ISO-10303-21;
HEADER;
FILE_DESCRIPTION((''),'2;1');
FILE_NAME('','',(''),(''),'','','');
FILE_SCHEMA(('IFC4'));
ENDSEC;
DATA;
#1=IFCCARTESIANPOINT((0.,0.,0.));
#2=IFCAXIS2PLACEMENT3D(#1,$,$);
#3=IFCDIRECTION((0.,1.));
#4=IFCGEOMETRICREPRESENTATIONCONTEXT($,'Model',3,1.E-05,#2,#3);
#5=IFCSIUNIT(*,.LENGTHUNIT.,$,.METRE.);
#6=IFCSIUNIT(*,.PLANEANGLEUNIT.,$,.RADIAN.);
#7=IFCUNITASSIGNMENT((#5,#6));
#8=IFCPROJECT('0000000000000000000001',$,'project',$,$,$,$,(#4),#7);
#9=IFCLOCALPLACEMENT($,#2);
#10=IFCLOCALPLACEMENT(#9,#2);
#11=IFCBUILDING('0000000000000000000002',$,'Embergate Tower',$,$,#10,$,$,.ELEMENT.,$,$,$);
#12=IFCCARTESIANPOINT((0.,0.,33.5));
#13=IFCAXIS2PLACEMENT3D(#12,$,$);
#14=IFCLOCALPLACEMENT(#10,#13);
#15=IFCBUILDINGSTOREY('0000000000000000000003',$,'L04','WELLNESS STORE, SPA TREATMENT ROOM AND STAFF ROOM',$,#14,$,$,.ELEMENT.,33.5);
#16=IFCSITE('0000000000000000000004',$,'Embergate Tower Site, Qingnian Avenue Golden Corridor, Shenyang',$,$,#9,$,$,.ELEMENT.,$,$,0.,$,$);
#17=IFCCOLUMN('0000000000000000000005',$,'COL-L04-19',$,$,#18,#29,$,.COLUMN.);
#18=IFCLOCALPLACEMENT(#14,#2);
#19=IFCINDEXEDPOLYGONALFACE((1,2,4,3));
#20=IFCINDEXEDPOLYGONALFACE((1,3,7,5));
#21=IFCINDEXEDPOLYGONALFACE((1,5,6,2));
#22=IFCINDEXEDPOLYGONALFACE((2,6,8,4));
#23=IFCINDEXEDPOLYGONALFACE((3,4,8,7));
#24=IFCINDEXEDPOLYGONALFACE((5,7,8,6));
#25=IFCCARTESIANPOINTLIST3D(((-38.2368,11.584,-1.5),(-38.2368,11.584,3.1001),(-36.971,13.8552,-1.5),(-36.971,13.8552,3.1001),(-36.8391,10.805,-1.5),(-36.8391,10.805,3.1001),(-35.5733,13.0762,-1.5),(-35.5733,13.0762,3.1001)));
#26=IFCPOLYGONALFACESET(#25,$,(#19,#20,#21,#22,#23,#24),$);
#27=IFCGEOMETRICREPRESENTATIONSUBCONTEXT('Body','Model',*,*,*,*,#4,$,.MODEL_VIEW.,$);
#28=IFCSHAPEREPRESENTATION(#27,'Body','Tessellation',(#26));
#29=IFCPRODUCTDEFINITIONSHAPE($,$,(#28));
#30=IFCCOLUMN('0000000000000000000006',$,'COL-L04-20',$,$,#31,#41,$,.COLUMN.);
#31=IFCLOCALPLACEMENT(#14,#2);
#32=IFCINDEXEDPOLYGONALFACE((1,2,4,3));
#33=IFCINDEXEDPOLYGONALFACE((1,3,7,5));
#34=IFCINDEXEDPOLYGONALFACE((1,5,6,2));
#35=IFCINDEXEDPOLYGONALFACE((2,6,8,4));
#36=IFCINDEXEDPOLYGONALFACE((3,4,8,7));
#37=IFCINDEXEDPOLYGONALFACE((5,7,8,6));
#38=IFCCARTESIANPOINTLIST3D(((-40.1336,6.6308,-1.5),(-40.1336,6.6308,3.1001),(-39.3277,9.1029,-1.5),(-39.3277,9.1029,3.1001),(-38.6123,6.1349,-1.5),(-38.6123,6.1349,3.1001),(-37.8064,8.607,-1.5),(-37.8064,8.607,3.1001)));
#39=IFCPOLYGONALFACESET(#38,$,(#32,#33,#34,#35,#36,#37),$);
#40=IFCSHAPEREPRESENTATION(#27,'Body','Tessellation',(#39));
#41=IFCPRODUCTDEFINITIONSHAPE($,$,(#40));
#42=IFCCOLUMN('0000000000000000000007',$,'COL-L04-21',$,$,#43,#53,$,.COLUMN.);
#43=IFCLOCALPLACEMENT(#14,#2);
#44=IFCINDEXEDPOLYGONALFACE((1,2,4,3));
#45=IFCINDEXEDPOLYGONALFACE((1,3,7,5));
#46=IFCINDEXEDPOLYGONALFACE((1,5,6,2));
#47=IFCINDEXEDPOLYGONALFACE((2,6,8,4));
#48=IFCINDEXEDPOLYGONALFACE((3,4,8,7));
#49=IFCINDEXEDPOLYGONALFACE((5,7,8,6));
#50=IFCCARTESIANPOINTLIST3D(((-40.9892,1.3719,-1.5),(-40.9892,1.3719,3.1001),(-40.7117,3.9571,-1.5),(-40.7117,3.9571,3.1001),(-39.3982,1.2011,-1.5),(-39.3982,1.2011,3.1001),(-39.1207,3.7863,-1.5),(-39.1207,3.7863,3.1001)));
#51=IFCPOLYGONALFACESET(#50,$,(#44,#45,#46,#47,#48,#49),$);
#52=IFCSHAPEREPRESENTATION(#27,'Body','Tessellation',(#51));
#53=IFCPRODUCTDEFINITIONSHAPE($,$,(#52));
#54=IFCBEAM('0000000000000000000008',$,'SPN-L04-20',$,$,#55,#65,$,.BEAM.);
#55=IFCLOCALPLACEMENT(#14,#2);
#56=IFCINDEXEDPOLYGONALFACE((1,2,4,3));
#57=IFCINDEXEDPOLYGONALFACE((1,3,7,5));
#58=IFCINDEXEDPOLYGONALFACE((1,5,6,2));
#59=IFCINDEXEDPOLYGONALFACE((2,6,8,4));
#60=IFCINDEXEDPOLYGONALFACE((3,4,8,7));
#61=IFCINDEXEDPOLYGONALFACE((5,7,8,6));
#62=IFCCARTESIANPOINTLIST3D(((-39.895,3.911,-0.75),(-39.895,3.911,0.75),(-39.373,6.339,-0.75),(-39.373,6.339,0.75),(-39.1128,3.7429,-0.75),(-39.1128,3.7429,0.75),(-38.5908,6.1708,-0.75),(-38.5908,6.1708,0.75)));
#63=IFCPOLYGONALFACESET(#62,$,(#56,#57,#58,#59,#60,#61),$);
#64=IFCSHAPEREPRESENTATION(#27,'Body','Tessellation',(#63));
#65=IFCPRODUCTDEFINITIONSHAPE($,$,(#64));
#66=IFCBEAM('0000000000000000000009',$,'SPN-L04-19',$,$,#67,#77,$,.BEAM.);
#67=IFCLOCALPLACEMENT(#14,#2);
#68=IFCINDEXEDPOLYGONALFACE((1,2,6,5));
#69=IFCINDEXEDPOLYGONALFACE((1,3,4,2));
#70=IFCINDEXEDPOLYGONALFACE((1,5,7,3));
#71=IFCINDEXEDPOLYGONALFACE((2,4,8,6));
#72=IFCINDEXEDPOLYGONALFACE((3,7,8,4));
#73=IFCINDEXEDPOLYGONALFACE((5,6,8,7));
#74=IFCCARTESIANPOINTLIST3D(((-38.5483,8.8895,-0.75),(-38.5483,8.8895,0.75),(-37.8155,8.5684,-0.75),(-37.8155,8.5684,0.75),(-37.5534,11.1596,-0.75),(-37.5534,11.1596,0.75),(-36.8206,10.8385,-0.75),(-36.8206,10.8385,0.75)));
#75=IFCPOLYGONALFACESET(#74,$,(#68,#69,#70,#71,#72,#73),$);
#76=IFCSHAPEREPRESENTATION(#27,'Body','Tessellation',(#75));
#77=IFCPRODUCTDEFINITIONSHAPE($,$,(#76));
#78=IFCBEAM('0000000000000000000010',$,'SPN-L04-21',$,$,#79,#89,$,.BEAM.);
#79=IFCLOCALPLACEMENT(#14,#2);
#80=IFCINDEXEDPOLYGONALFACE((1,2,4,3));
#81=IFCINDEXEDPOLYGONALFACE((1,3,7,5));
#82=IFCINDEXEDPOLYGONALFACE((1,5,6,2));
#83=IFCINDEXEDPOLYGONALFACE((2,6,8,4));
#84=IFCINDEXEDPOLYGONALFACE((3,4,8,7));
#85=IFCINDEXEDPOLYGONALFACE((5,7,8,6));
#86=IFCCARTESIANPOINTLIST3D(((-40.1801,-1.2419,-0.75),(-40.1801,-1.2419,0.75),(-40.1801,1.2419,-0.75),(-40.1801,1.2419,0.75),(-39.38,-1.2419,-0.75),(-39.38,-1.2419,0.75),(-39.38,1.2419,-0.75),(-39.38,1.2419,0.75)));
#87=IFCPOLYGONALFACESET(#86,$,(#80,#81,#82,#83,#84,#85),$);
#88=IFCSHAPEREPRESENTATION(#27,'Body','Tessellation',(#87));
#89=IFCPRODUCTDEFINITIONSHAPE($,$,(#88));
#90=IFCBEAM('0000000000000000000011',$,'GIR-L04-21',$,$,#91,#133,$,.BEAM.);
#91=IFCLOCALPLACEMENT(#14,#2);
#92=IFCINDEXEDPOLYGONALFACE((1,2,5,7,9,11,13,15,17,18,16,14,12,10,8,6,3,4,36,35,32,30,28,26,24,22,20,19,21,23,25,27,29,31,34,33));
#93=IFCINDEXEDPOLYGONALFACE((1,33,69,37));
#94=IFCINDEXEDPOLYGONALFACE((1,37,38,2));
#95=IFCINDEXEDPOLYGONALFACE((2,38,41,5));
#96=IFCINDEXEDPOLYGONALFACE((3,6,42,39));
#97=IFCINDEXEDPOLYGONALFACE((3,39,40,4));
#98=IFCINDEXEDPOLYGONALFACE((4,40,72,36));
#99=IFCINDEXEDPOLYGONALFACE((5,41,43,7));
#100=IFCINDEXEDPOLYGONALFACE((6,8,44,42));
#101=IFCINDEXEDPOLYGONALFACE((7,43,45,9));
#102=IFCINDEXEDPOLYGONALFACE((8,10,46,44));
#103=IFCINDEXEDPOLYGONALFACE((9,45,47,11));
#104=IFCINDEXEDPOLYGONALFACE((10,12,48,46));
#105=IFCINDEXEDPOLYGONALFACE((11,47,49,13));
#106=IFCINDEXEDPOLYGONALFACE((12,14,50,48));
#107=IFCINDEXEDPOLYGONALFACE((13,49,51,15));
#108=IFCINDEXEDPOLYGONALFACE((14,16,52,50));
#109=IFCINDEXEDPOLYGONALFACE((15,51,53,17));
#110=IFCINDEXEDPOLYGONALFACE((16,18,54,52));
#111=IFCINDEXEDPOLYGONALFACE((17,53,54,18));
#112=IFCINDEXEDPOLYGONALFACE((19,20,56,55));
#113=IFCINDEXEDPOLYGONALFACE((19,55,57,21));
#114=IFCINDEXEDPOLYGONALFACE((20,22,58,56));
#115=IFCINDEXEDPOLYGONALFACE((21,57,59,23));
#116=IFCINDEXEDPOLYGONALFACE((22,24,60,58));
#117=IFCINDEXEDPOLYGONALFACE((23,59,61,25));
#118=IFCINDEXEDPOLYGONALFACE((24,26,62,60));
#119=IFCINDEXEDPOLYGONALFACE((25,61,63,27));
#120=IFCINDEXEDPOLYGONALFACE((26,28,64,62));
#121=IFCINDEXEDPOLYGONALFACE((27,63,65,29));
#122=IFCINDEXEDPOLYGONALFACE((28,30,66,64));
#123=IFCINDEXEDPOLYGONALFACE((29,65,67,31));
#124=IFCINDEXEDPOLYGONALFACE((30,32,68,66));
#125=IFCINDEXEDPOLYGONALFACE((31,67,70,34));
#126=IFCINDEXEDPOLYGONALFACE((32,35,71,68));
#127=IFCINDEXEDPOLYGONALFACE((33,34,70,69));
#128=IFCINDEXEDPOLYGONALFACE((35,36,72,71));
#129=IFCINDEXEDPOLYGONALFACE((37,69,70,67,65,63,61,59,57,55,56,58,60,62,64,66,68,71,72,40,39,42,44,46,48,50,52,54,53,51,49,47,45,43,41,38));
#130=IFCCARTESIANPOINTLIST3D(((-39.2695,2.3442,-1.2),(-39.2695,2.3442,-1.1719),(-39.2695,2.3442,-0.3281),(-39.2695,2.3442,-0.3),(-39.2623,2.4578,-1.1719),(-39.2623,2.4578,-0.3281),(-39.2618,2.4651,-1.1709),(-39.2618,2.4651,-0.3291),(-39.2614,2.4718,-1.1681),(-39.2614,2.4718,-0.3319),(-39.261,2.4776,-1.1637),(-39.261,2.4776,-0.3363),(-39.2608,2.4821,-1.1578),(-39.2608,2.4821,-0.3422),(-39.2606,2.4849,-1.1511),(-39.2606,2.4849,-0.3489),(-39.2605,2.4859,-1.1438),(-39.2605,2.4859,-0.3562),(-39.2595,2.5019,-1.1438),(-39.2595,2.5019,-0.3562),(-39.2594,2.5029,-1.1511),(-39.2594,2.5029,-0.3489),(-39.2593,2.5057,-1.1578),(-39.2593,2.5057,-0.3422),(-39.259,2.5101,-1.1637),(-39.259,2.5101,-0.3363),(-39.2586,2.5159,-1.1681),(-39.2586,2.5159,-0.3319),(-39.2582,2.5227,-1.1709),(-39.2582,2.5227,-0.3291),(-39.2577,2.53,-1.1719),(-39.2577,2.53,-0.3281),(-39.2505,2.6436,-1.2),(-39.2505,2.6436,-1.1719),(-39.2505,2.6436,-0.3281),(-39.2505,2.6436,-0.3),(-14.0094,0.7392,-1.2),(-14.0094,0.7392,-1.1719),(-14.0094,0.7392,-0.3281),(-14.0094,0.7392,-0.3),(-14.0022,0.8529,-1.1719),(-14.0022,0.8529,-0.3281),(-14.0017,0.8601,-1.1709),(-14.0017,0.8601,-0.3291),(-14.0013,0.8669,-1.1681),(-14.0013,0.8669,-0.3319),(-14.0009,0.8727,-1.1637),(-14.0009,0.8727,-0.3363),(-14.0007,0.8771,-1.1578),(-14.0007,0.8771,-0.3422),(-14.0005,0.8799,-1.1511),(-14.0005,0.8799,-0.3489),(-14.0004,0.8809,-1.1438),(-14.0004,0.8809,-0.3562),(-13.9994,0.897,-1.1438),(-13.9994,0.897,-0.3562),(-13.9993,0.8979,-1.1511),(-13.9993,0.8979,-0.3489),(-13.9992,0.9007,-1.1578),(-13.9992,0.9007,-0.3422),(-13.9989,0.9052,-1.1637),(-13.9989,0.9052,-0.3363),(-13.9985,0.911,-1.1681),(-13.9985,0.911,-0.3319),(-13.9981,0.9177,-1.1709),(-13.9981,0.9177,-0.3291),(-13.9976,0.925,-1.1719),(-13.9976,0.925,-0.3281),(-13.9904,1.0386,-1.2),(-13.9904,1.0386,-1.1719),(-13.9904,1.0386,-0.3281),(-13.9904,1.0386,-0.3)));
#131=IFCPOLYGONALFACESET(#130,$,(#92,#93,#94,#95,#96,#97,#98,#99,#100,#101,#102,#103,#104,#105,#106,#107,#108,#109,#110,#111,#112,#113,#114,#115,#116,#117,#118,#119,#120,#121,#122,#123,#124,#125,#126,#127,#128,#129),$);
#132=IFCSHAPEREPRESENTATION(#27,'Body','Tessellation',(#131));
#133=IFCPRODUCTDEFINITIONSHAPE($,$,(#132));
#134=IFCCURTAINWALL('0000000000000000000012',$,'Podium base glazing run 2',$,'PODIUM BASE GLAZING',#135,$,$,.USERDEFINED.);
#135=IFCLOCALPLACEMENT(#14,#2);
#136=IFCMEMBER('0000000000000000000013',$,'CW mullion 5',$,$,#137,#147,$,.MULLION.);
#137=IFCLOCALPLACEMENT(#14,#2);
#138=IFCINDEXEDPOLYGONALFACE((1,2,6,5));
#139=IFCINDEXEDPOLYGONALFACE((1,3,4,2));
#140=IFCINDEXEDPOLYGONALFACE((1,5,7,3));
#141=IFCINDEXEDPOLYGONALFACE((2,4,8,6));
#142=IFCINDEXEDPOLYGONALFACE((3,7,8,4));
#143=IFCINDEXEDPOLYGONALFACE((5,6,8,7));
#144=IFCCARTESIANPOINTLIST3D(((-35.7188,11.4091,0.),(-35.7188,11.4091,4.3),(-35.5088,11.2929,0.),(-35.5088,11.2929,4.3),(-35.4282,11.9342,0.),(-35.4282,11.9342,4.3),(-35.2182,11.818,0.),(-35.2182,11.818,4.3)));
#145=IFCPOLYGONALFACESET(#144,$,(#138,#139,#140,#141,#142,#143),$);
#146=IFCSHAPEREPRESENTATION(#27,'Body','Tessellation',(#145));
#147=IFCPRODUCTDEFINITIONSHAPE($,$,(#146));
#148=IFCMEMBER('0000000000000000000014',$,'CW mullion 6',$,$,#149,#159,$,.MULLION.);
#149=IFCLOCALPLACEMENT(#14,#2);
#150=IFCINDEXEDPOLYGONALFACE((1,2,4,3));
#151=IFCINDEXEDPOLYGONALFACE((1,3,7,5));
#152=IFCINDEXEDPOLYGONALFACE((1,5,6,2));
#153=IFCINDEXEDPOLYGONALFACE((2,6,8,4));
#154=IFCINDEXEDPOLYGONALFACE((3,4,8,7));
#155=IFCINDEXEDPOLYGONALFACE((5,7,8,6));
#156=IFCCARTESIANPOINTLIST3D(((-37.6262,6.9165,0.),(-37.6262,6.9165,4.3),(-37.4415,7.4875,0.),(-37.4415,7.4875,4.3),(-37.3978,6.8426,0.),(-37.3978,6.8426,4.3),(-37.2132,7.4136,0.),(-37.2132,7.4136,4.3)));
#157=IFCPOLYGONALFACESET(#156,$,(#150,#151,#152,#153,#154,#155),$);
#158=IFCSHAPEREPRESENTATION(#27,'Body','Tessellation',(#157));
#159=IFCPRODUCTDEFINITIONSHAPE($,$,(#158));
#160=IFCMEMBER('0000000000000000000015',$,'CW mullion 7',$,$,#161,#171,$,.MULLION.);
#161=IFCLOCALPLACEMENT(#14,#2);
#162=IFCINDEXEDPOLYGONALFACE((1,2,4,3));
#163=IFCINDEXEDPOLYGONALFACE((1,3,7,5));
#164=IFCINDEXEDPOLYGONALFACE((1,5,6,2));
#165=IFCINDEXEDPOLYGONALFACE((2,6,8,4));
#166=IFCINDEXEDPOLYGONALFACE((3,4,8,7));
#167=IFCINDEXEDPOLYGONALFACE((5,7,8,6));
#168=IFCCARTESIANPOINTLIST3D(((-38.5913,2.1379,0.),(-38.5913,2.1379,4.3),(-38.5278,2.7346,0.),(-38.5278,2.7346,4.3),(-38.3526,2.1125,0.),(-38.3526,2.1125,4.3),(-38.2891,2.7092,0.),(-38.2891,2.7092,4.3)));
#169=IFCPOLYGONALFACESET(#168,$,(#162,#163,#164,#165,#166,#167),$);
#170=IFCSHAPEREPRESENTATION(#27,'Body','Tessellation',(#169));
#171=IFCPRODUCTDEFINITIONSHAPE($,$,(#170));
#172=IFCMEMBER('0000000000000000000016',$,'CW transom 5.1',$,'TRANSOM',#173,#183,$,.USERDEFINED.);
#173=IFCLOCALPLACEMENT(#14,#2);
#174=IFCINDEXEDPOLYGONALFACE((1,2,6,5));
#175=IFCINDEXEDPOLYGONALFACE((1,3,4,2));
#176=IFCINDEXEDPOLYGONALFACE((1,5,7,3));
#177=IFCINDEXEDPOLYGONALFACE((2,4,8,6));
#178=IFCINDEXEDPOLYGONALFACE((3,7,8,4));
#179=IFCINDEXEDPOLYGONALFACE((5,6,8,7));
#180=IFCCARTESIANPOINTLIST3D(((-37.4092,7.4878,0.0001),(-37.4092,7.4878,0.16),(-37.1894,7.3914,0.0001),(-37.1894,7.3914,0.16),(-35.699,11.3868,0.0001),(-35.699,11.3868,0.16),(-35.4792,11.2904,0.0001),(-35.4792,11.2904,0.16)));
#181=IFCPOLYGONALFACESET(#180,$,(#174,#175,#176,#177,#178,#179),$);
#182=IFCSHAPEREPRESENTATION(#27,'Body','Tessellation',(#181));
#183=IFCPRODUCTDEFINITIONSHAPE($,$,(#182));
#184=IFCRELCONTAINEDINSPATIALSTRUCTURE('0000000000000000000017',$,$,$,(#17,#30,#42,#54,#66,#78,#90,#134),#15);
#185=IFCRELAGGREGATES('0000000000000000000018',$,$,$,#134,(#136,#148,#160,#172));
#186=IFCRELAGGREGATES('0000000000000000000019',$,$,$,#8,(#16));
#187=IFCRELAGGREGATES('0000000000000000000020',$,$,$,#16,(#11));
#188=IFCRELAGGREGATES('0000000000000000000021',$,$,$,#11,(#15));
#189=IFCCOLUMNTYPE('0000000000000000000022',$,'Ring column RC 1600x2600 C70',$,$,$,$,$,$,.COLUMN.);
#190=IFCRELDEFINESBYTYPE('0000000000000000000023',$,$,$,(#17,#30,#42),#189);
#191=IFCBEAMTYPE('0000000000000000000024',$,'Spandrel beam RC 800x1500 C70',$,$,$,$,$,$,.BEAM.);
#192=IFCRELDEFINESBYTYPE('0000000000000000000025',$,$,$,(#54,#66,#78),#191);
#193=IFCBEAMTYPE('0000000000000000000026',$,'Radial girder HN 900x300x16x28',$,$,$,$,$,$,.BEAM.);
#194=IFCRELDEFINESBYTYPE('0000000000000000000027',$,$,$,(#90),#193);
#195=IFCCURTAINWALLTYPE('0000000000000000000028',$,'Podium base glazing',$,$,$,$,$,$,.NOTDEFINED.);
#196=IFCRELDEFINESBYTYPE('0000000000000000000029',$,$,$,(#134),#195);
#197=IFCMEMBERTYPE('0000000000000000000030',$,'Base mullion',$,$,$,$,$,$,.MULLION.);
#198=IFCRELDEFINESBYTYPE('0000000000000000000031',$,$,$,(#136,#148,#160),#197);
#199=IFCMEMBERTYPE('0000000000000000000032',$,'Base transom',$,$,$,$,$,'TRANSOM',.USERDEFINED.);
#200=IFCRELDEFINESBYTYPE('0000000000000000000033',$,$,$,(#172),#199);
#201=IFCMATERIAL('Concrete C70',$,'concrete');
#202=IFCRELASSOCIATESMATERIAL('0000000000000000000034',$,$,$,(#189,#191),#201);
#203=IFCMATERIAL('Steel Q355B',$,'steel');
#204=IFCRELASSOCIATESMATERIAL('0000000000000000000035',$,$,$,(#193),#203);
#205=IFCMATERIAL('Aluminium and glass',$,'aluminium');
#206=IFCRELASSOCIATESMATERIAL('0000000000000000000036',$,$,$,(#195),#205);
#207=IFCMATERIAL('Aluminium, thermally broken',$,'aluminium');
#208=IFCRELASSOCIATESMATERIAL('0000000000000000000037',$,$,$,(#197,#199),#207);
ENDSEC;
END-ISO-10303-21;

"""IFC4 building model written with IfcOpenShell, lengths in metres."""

from ifc_helpers import new_model, si_unit, direction, frame, origin, origin_2d, place, context, subcontext, project, spatial, rectangle, i_section, extrude, source, transform, mapped, material, material_profile, profile_set, type_object, element, aggregate, save


model = new_model("IFC4")

# Units and contexts
model_context = context("Model", 3, precision=1e-05, world=origin(), true_north=direction((0.0, 1.0)))
body_context = subcontext(model_context, "Body", "Model", "MODEL_VIEW")
ifc_project = project(units=[si_unit("LENGTHUNIT", "METRE"), si_unit("PLANEANGLEUNIT", "RADIAN")], contexts=[model_context])

# Site, building, storey
site_placement = place(None, origin())
site = spatial("IfcSite", under=ifc_project, at=site_placement, Name="Embergate Tower Site, Qingnian Avenue Golden Corridor, Shenyang", CompositionType="ELEMENT", RefElevation=0.0)
building_placement = place(site_placement, origin())
building = spatial("IfcBuilding", under=site, at=building_placement, Name="Embergate Tower", CompositionType="ELEMENT")
storey_placement = place(building_placement, frame((0.0, 0.0, 33.5)))
storey = spatial("IfcBuildingStorey", under=building, at=storey_placement, Name="L04", Description="WELLNESS STORE, SPA TREATMENT ROOM AND STAFF ROOM", CompositionType="ELEMENT", Elevation=33.5)

# Columns
ifc_material_1 = material(Name="Concrete C70", Category="concrete")
ifc_material_profile_1 = material_profile(ifc_material_1, rectangle(XDim=1.6001, YDim=2.6001, at=origin_2d()), Name="RC 1600x2600")
ifc_profile_set_1 = profile_set([ifc_material_profile_1], Name="Concrete C70")
column_type = type_object("IfcColumnType", Name="Ring column RC 1600x2600 C70", PredefinedType="COLUMN", material=ifc_profile_set_1)
shared_shape_1 = source(origin(), body_context, "Body", "SweptSolid", [
    extrude(rectangle(XDim=1.6001, YDim=2.6001, at=origin_2d()), origin(), (0.0, 0.0, 1.0), 4.6001),
])
for number, where, z_axis, x_axis, name in (
    (1, (-36.905, 12.3301, -1.5), (0.0, 0.0, 1.0), (-0.8735, 0.486823, 0.0), "COL-L04-19"),
    (2, (-38.97, 7.6189, -1.5), (0.0, 0.0, 1.0), (-0.950754, 0.309946, 0.0), "COL-L04-20"),
    (3, (-40.0549, 2.5791, -1.5), (0.0, 0.0, 1.0), (-0.994288, 0.106733, 0.0), "COL-L04-21"),
):
    element("IfcColumn", number, at=place(storey_placement, frame(where, z_axis=z_axis, x_axis=x_axis)), inside=storey, type_object=column_type, Name=name, PredefinedType="COLUMN", context=body_context, shape_type="MappedRepresentation", body=[
        mapped(shared_shape_1, transform((0.0, 0.0, 0.0))),
    ])

# Beams
ifc_material_profile_2 = material_profile(ifc_material_1, rectangle(XDim=0.8, YDim=1.5, at=origin_2d()), Name="RC 800x1500")
ifc_profile_set_2 = profile_set([ifc_material_profile_2], Name="Concrete C70")
beam_type_1 = type_object("IfcBeamType", Name="Spandrel beam RC 800x1500 C70", PredefinedType="BEAM", material=ifc_profile_set_2)
shared_shape_2 = source(origin(), body_context, "Body", "SweptSolid", [
    extrude(rectangle(XDim=0.8, YDim=1.5, at=origin_2d()), origin(), (0.0, 0.0, 1.0), 2.4834),
])
beam_1_placement = place(storey_placement, frame((-38.9819, 6.2549, 0.0), z_axis=(-0.21018, -0.977663, 0.0), x_axis=(0.977663, -0.21018, 0.0)))
element("IfcBeam", 4, at=beam_1_placement, inside=storey, type_object=beam_type_1, Name="SPN-L04-20", PredefinedType="BEAM", context=body_context, shape_type="MappedRepresentation", body=[
    mapped(shared_shape_2, transform((0.0, 0.0, 0.0))),
])
shared_shape_3 = source(origin(), body_context, "Body", "SweptSolid", [
    extrude(rectangle(XDim=0.8, YDim=1.5, at=origin_2d()), origin(), (0.0, 0.0, 1.0), 2.4785),
])
beam_2_placement = place(storey_placement, frame((-37.187, 10.999, 0.0), z_axis=(-0.401408, -0.915899, 0.0), x_axis=(0.915899, -0.401408, 0.0)))
element("IfcBeam", 5, at=beam_2_placement, inside=storey, type_object=beam_type_1, Name="SPN-L04-19", PredefinedType="BEAM", context=body_context, shape_type="MappedRepresentation", body=[
    mapped(shared_shape_3, transform((0.0, 0.0, 0.0))),
])
shared_shape_4 = source(origin(), body_context, "Body", "SweptSolid", [
    extrude(rectangle(XDim=0.8, YDim=1.5, at=origin_2d()), origin(), (0.0, 0.0, 1.0), 2.4839),
])
beam_3_placement = place(storey_placement, frame((-39.78, 1.2419, 0.0), z_axis=(0.0, -1.0, 0.0), x_axis=(1.0, 0.0, 0.0)))
element("IfcBeam", 6, at=beam_3_placement, inside=storey, type_object=beam_type_1, Name="SPN-L04-21", PredefinedType="BEAM", context=body_context, shape_type="MappedRepresentation", body=[
    mapped(shared_shape_4, transform((0.0, 0.0, 0.0))),
])
ifc_material_2 = material(Name="Steel Q355B", Category="steel")
ifc_material_profile_3 = material_profile(ifc_material_2, i_section(OverallWidth=0.3, OverallDepth=0.8999, WebThickness=0.0161, FlangeThickness=0.0281, FilletRadius=0.0281, at=origin_2d()), Name="HN 900x300x16x28")
ifc_profile_set_3 = profile_set([ifc_material_profile_3], Name="Steel Q355 grade B")
beam_type_2 = type_object("IfcBeamType", Name="Radial girder HN 900x300x16x28", PredefinedType="BEAM", material=ifc_profile_set_3)
shared_shape_5 = source(origin(), body_context, "Body", "SweptSolid", [
    extrude(i_section(OverallWidth=0.3, OverallDepth=0.8999, WebThickness=0.0161, FlangeThickness=0.0281, FilletRadius=0.0281, at=origin_2d()), origin(), (0.0, 0.0, 1.0), 25.311),
])
beam_4_placement = place(storey_placement, frame((-39.26, 2.4939, -0.75), z_axis=(0.997988, -0.063411, 0.0), x_axis=(0.063411, 0.997988, 0.0)))
element("IfcBeam", 7, at=beam_4_placement, inside=storey, type_object=beam_type_2, Name="GIR-L04-21", PredefinedType="BEAM", context=body_context, shape_type="MappedRepresentation", body=[
    mapped(shared_shape_5, transform((0.0, 0.0, 0.0))),
])

# Curtain wall, members
ifc_material_3 = material(Name="Aluminium and glass", Category="aluminium")
curtain_wall_type = type_object("IfcCurtainWallType", Name="Podium base glazing", PredefinedType="NOTDEFINED", material=ifc_material_3)
curtain_wall_placement = place(storey_placement, origin())
curtain_wall = element("IfcCurtainWall", 8, at=curtain_wall_placement, inside=storey, type_object=curtain_wall_type, Name="Podium base glazing run 2", ObjectType="PODIUM BASE GLAZING", PredefinedType="USERDEFINED")
ifc_material_4 = material(Name="Aluminium, thermally broken", Category="aluminium")
ifc_material_profile_4 = material_profile(ifc_material_4, rectangle(XDim=0.24, YDim=0.6001, at=origin_2d()), Name="AL 600x240")
ifc_profile_set_4 = profile_set([ifc_material_profile_4], Name="Aluminium, thermally broken")
member_type_1 = type_object("IfcMemberType", Name="Base mullion", PredefinedType="MULLION", material=ifc_profile_set_4)
shared_shape_6 = source(origin(), body_context, "Body", "SweptSolid", [
    extrude(rectangle(XDim=0.24, YDim=0.6001, at=origin_2d()), origin(), (0.0, 0.0, 1.0), 4.3),
])
member_1_placement = place(storey_placement, frame((-35.4685, 11.6135, 0.0), z_axis=(0.0, 0.0, 1.0), x_axis=(0.874999, -0.484124, 0.0)))
member_1 = element("IfcMember", 9, at=member_1_placement, type_object=member_type_1, Name="CW mullion 5", PredefinedType="MULLION", context=body_context, shape_type="MappedRepresentation", body=[
    mapped(shared_shape_6, transform((0.0, 0.0, 0.0))),
])
member_2_placement = place(storey_placement, frame((-37.4197, 7.165, 0.0), z_axis=(0.0, 0.0, 1.0), x_axis=(0.951497, -0.307659, 0.0)))
member_2 = element("IfcMember", 10, at=member_2_placement, type_object=member_type_1, Name="CW mullion 6", PredefinedType="MULLION", context=body_context, shape_type="MappedRepresentation", body=[
    mapped(shared_shape_6, transform((0.0, 0.0, 0.0))),
])
member_3_placement = place(storey_placement, frame((-38.4402, 2.4236, 0.0), z_axis=(0.0, 0.0, 1.0), x_axis=(0.994385, -0.105825, 0.0)))
member_3 = element("IfcMember", 11, at=member_3_placement, type_object=member_type_1, Name="CW mullion 7", PredefinedType="MULLION", context=body_context, shape_type="MappedRepresentation", body=[
    mapped(shared_shape_6, transform((0.0, 0.0, 0.0))),
])
ifc_material_profile_5 = material_profile(ifc_material_4, rectangle(XDim=0.24, YDim=0.1599, at=origin_2d()), Name="AL 160x240")
ifc_profile_set_5 = profile_set([ifc_material_profile_5], Name="Aluminium, thermally broken")
member_type_2 = type_object("IfcMemberType", Name="Base transom", ElementType="TRANSOM", PredefinedType="USERDEFINED", material=ifc_profile_set_5)
shared_shape_7 = source(origin(), body_context, "Body", "SweptSolid", [
    extrude(rectangle(XDim=0.24, YDim=0.1599, at=origin_2d()), origin(), (0.0, 0.0, 1.0), 4.2576),
])
member_4_placement = place(storey_placement, frame((-35.5891, 11.3386, 0.0801), z_axis=(-0.401691, -0.915775, 0.0), x_axis=(0.915775, -0.401691, 0.0)))
member_4 = element("IfcMember", 12, at=member_4_placement, type_object=member_type_2, Name="CW transom 5.1", ObjectType="TRANSOM", PredefinedType="USERDEFINED", context=body_context, shape_type="MappedRepresentation", body=[
    mapped(shared_shape_7, transform((0.0, 0.0, 0.0))),
])
aggregate(curtain_wall, [member_1, member_2, member_3, member_4])

save(model, "model.ifc")
